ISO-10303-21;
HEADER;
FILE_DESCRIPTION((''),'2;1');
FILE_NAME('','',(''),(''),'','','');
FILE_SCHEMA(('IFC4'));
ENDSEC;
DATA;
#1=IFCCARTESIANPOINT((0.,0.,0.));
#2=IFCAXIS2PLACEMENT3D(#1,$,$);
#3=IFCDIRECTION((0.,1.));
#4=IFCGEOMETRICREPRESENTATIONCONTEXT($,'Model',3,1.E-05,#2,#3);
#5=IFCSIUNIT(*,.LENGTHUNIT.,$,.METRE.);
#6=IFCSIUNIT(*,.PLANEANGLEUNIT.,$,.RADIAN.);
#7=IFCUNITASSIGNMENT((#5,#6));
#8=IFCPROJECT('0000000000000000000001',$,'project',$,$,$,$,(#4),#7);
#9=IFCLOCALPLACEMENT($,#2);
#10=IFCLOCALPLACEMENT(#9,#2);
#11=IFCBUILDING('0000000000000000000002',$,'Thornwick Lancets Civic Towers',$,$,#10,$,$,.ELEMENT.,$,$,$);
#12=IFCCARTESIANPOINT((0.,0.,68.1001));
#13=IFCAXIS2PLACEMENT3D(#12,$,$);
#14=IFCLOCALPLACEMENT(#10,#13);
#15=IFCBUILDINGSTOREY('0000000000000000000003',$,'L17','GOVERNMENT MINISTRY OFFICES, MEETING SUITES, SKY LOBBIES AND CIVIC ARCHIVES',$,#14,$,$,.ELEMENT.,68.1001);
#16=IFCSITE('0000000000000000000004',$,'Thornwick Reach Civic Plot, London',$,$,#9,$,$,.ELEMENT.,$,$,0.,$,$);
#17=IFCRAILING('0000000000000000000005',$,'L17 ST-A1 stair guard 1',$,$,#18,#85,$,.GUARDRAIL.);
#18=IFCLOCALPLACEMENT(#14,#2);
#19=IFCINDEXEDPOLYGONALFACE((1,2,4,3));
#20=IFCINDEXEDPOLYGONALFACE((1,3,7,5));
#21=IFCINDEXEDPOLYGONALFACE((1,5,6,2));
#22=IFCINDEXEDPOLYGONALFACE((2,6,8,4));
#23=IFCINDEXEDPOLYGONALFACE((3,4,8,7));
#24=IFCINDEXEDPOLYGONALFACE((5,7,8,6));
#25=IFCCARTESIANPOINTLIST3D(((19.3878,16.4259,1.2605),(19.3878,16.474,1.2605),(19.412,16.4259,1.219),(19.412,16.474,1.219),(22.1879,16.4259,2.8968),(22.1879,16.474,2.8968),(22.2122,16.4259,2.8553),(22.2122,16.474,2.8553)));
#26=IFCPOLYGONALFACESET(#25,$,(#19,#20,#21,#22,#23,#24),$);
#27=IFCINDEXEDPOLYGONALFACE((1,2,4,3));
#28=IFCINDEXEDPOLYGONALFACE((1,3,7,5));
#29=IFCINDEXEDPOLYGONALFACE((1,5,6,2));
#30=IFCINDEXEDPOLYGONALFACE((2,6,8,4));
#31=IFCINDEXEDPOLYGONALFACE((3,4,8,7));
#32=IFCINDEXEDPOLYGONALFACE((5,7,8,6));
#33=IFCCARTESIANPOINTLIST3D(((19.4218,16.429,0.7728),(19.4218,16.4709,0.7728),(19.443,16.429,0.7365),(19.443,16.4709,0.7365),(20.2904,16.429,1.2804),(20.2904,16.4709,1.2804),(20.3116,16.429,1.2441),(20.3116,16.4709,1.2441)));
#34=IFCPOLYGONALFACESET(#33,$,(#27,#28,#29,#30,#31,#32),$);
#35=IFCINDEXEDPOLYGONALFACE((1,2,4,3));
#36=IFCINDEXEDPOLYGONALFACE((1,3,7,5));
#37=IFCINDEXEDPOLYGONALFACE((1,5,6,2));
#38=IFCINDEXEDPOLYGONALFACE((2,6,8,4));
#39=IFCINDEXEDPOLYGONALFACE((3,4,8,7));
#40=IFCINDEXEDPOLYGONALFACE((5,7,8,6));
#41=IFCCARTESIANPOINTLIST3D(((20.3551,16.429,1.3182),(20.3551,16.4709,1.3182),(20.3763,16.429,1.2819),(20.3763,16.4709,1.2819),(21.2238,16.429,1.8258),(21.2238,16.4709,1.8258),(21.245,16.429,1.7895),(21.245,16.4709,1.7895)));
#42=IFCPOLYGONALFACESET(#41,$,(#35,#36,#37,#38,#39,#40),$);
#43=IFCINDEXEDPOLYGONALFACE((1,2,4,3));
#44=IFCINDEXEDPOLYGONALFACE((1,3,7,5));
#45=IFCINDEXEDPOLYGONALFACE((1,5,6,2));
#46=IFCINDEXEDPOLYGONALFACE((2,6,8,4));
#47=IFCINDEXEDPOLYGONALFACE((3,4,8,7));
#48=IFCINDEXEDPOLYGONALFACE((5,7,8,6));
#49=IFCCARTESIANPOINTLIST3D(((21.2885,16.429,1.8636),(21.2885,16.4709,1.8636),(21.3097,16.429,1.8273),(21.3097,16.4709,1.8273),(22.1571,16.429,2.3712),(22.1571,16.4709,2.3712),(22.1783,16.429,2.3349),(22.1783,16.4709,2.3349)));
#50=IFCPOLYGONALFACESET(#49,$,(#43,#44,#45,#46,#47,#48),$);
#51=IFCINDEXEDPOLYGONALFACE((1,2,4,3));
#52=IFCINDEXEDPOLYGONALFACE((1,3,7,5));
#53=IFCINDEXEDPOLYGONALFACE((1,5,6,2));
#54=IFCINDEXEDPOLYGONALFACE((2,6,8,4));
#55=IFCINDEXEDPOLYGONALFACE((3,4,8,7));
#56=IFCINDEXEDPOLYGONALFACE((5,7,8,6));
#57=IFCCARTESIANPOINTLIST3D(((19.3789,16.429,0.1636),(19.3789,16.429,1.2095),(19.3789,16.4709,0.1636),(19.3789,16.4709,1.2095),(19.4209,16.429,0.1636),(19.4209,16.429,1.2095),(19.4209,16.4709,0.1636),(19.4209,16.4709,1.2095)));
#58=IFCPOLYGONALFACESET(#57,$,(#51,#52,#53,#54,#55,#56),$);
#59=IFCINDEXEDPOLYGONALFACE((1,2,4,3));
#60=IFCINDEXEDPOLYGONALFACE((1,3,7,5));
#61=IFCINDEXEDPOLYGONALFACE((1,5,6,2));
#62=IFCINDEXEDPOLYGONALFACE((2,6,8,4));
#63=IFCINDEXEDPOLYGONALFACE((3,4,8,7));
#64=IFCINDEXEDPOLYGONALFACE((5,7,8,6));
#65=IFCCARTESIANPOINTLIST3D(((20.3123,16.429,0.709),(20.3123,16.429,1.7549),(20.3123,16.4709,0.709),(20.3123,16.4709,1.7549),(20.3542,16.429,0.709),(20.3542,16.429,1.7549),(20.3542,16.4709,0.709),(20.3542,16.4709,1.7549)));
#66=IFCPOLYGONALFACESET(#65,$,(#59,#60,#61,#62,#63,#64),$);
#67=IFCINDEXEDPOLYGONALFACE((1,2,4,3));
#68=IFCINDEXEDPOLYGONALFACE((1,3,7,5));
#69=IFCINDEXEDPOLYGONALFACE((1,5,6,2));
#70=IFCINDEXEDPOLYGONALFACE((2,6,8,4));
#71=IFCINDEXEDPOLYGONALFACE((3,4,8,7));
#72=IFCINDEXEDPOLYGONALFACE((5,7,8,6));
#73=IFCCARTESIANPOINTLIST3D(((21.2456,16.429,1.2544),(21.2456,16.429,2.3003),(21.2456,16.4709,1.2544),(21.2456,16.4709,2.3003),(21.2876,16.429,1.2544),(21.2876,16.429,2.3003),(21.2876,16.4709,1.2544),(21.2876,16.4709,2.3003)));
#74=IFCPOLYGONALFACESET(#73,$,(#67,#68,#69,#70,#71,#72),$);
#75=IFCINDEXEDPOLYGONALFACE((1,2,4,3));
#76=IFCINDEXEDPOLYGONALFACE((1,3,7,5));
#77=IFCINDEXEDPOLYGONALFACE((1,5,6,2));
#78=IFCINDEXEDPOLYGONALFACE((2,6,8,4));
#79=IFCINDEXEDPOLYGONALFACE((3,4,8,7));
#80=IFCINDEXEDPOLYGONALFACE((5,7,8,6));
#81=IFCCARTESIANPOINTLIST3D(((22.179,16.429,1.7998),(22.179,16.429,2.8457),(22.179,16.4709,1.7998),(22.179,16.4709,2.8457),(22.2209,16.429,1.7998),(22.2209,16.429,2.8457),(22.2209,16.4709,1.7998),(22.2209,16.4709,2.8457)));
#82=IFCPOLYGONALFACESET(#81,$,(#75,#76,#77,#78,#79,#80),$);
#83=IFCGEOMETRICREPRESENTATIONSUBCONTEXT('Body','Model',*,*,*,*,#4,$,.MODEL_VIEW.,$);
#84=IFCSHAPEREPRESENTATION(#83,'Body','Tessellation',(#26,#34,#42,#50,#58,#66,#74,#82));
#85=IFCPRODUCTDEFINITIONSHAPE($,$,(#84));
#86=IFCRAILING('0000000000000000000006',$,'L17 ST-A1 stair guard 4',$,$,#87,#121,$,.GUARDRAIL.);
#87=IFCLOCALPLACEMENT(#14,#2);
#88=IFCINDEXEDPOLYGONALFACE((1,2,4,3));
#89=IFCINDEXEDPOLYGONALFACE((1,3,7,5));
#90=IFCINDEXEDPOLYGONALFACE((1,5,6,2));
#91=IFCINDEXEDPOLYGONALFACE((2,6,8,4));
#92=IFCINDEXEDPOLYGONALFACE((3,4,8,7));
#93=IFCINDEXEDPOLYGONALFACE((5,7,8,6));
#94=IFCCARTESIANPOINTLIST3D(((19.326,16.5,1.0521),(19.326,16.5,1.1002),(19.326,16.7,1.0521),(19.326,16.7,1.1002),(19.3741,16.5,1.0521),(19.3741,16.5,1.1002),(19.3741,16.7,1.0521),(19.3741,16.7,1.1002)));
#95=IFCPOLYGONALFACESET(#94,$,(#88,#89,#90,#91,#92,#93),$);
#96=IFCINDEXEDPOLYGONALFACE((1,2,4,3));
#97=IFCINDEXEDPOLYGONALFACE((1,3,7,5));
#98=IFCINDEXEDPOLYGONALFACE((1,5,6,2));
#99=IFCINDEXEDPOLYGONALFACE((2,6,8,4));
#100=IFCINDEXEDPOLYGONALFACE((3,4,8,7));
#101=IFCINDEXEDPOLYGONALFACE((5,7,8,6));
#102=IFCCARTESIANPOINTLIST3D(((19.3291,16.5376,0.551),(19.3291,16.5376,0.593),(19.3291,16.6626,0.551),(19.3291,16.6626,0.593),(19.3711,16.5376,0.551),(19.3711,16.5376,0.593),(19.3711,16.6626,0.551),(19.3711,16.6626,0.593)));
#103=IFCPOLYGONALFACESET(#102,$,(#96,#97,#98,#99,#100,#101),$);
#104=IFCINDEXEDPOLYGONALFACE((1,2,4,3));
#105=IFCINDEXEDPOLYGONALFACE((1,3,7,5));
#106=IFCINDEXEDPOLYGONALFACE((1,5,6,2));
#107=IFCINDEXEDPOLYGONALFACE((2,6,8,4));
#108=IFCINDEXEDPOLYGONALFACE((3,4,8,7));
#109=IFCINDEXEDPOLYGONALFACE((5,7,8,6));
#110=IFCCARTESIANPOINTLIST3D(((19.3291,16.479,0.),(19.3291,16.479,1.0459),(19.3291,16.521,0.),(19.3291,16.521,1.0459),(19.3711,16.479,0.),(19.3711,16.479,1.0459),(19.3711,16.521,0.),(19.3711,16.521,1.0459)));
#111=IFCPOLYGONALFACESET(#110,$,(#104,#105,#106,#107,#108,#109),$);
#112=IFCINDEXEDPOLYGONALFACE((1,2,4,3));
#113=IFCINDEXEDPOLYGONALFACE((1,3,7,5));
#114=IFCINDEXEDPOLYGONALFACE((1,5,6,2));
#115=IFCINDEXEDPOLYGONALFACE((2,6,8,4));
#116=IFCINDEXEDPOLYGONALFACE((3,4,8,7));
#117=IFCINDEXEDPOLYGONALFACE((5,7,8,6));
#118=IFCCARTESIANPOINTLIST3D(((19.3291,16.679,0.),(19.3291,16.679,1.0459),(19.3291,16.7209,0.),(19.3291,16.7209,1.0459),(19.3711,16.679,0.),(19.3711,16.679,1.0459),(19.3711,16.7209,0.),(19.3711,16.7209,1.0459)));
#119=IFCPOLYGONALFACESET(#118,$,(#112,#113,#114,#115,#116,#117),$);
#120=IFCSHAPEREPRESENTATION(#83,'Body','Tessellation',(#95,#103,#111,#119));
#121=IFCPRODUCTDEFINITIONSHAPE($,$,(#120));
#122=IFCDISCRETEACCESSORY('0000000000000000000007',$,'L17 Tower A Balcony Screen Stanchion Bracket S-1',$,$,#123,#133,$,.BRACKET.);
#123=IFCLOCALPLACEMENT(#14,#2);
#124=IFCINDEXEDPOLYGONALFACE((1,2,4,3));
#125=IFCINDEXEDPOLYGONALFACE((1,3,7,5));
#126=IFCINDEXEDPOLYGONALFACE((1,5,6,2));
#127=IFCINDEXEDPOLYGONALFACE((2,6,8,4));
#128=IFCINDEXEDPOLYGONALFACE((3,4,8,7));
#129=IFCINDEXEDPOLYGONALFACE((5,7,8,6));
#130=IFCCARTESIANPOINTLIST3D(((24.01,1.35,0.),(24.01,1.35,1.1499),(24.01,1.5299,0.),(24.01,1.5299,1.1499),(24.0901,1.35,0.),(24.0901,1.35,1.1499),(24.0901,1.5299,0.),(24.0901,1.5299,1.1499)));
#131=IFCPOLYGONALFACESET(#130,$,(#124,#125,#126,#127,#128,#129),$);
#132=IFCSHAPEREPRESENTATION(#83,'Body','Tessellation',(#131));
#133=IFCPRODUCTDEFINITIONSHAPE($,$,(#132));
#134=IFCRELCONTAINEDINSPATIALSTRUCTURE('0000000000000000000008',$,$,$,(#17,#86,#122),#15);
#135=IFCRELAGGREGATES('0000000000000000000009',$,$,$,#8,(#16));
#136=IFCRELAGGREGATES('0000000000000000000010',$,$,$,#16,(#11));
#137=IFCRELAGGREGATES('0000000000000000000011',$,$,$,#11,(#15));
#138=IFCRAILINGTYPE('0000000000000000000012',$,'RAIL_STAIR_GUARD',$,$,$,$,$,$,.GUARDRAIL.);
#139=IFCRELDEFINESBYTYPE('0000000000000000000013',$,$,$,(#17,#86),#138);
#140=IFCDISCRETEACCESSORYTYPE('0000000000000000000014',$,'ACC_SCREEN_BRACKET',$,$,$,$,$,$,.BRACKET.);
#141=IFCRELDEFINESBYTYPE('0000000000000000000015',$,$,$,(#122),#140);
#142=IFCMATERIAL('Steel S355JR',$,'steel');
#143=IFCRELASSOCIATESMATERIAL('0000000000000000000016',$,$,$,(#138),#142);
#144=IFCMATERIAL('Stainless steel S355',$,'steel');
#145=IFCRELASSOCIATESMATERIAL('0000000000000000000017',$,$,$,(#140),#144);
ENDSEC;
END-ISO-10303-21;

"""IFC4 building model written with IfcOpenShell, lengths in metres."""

from ifc_helpers import new_model, si_unit, direction, frame, origin, origin_2d, place, context, subcontext, project, spatial, rectangle, extrude, material, type_object, element, save


model = new_model("IFC4")

# Units and contexts
model_context = context("Model", 3, precision=1e-05, world=origin(), true_north=direction((0.0, 1.0)))
body_context = subcontext(model_context, "Body", "Model", "MODEL_VIEW")
ifc_project = project(units=[si_unit("LENGTHUNIT", "METRE"), si_unit("PLANEANGLEUNIT", "RADIAN")], contexts=[model_context])

# Site, building, storey
site_placement = place(None, origin())
site = spatial("IfcSite", under=ifc_project, at=site_placement, Name="Thornwick Reach Civic Plot, London", CompositionType="ELEMENT", RefElevation=0.0)
building_placement = place(site_placement, origin())
building = spatial("IfcBuilding", under=site, at=building_placement, Name="Thornwick Lancets Civic Towers", CompositionType="ELEMENT")
storey_placement = place(building_placement, frame((0.0, 0.0, 68.1001)))
storey = spatial("IfcBuildingStorey", under=building, at=storey_placement, Name="L17", Description="GOVERNMENT MINISTRY OFFICES, MEETING SUITES, SKY LOBBIES AND CIVIC ARCHIVES", CompositionType="ELEMENT", Elevation=68.1001)

# Shared definitions
ifc_material_1 = material(Name="Steel S355JR", Category="steel")

# Railings
railing_type_1 = type_object("IfcRailingType", Name="RAIL_STAIR_GUARD", PredefinedType="GUARDRAIL", material=ifc_material_1)
railing_1_placement = place(storey_placement, frame((19.3999, 16.45, 0.1636)))
element("IfcRailing", 1, at=railing_1_placement, inside=storey, type_object=railing_type_1, Name="L17 ST-A1 stair guard 1", PredefinedType="GUARDRAIL", context=body_context, shape_type="SweptSolid", body=[
    extrude(rectangle(XDim=0.0481, YDim=0.0481, at=origin_2d()), frame((0.0, 0.0, 1.0762), z_axis=(0.863394, 0.0, 0.504531), x_axis=(0.0, 1.0, 0.0)), (0.0, 0.0, 1.0), 3.2432),
    extrude(rectangle(XDim=0.042, YDim=0.042, at=origin_2d()), frame((0.0325, 0.0, 0.5911), z_axis=(0.863394, 0.0, 0.504531), x_axis=(0.0, 1.0, 0.0)), (0.0, 0.0, 1.0), 1.0061),
    extrude(rectangle(XDim=0.042, YDim=0.042, at=origin_2d()), frame((0.9658, 0.0, 1.1365), z_axis=(0.863394, 0.0, 0.504531), x_axis=(0.0, 1.0, 0.0)), (0.0, 0.0, 1.0), 1.0061),
    extrude(rectangle(XDim=0.042, YDim=0.042, at=origin_2d()), frame((1.8992, 0.0, 1.6819), z_axis=(0.863394, 0.0, 0.504531), x_axis=(0.0, 1.0, 0.0)), (0.0, 0.0, 1.0), 1.0061),
    extrude(rectangle(XDim=0.042, YDim=0.042, at=origin_2d()), origin(), (0.0, 0.0, 1.0), 1.0459),
    extrude(rectangle(XDim=0.042, YDim=0.042, at=origin_2d()), frame((0.9333, 0.0, 0.5454)), (0.0, 0.0, 1.0), 1.0459),
    extrude(rectangle(XDim=0.042, YDim=0.042, at=origin_2d()), frame((1.8667, 0.0, 1.0908)), (0.0, 0.0, 1.0), 1.0459),
    extrude(rectangle(XDim=0.042, YDim=0.042, at=origin_2d()), frame((2.8, 0.0, 1.6362)), (0.0, 0.0, 1.0), 1.0459),
])
railing_2_placement = place(storey_placement, frame((19.3501, 16.5, 0.0)))
element("IfcRailing", 2, at=railing_2_placement, inside=storey, type_object=railing_type_1, Name="L17 ST-A1 stair guard 4", PredefinedType="GUARDRAIL", context=body_context, shape_type="SweptSolid", body=[
    extrude(rectangle(XDim=0.0481, YDim=0.0481, at=origin_2d()), frame((0.0, 0.0, 1.0762), z_axis=(0.0, 1.0, 0.0), x_axis=(-1.0, 0.0, 0.0)), (0.0, 0.0, 1.0), 0.2),
    extrude(rectangle(XDim=0.042, YDim=0.042, at=origin_2d()), frame((0.0, 0.0376, 0.572), z_axis=(0.0, 1.0, 0.0), x_axis=(-1.0, 0.0, 0.0)), (0.0, 0.0, 1.0), 0.125),
    extrude(rectangle(XDim=0.042, YDim=0.042, at=origin_2d()), origin(), (0.0, 0.0, 1.0), 1.0459),
    extrude(rectangle(XDim=0.042, YDim=0.042, at=origin_2d()), frame((0.0, 0.2, 0.0)), (0.0, 0.0, 1.0), 1.0459),
])

# Discrete accessory
ifc_material_2 = material(Name="Stainless steel S355", Category="steel")
discrete_accessory_type = type_object("IfcDiscreteAccessoryType", Name="ACC_SCREEN_BRACKET", PredefinedType="BRACKET", material=ifc_material_2)
discrete_accessory_placement = place(storey_placement, frame((24.05, 1.4399, 0.0), z_axis=(0.0, 0.0, 1.0), x_axis=(1.0, 0.0, 0.0)))
element("IfcDiscreteAccessory", 3, at=discrete_accessory_placement, inside=storey, type_object=discrete_accessory_type, Name="L17 Tower A Balcony Screen Stanchion Bracket S-1", PredefinedType="BRACKET", context=body_context, shape_type="SweptSolid", body=[
    extrude(rectangle(XDim=0.0801, YDim=0.1799, at=origin_2d()), origin(), (0.0, 0.0, 1.0), 1.1499),
])

save(model, "model.ifc")
